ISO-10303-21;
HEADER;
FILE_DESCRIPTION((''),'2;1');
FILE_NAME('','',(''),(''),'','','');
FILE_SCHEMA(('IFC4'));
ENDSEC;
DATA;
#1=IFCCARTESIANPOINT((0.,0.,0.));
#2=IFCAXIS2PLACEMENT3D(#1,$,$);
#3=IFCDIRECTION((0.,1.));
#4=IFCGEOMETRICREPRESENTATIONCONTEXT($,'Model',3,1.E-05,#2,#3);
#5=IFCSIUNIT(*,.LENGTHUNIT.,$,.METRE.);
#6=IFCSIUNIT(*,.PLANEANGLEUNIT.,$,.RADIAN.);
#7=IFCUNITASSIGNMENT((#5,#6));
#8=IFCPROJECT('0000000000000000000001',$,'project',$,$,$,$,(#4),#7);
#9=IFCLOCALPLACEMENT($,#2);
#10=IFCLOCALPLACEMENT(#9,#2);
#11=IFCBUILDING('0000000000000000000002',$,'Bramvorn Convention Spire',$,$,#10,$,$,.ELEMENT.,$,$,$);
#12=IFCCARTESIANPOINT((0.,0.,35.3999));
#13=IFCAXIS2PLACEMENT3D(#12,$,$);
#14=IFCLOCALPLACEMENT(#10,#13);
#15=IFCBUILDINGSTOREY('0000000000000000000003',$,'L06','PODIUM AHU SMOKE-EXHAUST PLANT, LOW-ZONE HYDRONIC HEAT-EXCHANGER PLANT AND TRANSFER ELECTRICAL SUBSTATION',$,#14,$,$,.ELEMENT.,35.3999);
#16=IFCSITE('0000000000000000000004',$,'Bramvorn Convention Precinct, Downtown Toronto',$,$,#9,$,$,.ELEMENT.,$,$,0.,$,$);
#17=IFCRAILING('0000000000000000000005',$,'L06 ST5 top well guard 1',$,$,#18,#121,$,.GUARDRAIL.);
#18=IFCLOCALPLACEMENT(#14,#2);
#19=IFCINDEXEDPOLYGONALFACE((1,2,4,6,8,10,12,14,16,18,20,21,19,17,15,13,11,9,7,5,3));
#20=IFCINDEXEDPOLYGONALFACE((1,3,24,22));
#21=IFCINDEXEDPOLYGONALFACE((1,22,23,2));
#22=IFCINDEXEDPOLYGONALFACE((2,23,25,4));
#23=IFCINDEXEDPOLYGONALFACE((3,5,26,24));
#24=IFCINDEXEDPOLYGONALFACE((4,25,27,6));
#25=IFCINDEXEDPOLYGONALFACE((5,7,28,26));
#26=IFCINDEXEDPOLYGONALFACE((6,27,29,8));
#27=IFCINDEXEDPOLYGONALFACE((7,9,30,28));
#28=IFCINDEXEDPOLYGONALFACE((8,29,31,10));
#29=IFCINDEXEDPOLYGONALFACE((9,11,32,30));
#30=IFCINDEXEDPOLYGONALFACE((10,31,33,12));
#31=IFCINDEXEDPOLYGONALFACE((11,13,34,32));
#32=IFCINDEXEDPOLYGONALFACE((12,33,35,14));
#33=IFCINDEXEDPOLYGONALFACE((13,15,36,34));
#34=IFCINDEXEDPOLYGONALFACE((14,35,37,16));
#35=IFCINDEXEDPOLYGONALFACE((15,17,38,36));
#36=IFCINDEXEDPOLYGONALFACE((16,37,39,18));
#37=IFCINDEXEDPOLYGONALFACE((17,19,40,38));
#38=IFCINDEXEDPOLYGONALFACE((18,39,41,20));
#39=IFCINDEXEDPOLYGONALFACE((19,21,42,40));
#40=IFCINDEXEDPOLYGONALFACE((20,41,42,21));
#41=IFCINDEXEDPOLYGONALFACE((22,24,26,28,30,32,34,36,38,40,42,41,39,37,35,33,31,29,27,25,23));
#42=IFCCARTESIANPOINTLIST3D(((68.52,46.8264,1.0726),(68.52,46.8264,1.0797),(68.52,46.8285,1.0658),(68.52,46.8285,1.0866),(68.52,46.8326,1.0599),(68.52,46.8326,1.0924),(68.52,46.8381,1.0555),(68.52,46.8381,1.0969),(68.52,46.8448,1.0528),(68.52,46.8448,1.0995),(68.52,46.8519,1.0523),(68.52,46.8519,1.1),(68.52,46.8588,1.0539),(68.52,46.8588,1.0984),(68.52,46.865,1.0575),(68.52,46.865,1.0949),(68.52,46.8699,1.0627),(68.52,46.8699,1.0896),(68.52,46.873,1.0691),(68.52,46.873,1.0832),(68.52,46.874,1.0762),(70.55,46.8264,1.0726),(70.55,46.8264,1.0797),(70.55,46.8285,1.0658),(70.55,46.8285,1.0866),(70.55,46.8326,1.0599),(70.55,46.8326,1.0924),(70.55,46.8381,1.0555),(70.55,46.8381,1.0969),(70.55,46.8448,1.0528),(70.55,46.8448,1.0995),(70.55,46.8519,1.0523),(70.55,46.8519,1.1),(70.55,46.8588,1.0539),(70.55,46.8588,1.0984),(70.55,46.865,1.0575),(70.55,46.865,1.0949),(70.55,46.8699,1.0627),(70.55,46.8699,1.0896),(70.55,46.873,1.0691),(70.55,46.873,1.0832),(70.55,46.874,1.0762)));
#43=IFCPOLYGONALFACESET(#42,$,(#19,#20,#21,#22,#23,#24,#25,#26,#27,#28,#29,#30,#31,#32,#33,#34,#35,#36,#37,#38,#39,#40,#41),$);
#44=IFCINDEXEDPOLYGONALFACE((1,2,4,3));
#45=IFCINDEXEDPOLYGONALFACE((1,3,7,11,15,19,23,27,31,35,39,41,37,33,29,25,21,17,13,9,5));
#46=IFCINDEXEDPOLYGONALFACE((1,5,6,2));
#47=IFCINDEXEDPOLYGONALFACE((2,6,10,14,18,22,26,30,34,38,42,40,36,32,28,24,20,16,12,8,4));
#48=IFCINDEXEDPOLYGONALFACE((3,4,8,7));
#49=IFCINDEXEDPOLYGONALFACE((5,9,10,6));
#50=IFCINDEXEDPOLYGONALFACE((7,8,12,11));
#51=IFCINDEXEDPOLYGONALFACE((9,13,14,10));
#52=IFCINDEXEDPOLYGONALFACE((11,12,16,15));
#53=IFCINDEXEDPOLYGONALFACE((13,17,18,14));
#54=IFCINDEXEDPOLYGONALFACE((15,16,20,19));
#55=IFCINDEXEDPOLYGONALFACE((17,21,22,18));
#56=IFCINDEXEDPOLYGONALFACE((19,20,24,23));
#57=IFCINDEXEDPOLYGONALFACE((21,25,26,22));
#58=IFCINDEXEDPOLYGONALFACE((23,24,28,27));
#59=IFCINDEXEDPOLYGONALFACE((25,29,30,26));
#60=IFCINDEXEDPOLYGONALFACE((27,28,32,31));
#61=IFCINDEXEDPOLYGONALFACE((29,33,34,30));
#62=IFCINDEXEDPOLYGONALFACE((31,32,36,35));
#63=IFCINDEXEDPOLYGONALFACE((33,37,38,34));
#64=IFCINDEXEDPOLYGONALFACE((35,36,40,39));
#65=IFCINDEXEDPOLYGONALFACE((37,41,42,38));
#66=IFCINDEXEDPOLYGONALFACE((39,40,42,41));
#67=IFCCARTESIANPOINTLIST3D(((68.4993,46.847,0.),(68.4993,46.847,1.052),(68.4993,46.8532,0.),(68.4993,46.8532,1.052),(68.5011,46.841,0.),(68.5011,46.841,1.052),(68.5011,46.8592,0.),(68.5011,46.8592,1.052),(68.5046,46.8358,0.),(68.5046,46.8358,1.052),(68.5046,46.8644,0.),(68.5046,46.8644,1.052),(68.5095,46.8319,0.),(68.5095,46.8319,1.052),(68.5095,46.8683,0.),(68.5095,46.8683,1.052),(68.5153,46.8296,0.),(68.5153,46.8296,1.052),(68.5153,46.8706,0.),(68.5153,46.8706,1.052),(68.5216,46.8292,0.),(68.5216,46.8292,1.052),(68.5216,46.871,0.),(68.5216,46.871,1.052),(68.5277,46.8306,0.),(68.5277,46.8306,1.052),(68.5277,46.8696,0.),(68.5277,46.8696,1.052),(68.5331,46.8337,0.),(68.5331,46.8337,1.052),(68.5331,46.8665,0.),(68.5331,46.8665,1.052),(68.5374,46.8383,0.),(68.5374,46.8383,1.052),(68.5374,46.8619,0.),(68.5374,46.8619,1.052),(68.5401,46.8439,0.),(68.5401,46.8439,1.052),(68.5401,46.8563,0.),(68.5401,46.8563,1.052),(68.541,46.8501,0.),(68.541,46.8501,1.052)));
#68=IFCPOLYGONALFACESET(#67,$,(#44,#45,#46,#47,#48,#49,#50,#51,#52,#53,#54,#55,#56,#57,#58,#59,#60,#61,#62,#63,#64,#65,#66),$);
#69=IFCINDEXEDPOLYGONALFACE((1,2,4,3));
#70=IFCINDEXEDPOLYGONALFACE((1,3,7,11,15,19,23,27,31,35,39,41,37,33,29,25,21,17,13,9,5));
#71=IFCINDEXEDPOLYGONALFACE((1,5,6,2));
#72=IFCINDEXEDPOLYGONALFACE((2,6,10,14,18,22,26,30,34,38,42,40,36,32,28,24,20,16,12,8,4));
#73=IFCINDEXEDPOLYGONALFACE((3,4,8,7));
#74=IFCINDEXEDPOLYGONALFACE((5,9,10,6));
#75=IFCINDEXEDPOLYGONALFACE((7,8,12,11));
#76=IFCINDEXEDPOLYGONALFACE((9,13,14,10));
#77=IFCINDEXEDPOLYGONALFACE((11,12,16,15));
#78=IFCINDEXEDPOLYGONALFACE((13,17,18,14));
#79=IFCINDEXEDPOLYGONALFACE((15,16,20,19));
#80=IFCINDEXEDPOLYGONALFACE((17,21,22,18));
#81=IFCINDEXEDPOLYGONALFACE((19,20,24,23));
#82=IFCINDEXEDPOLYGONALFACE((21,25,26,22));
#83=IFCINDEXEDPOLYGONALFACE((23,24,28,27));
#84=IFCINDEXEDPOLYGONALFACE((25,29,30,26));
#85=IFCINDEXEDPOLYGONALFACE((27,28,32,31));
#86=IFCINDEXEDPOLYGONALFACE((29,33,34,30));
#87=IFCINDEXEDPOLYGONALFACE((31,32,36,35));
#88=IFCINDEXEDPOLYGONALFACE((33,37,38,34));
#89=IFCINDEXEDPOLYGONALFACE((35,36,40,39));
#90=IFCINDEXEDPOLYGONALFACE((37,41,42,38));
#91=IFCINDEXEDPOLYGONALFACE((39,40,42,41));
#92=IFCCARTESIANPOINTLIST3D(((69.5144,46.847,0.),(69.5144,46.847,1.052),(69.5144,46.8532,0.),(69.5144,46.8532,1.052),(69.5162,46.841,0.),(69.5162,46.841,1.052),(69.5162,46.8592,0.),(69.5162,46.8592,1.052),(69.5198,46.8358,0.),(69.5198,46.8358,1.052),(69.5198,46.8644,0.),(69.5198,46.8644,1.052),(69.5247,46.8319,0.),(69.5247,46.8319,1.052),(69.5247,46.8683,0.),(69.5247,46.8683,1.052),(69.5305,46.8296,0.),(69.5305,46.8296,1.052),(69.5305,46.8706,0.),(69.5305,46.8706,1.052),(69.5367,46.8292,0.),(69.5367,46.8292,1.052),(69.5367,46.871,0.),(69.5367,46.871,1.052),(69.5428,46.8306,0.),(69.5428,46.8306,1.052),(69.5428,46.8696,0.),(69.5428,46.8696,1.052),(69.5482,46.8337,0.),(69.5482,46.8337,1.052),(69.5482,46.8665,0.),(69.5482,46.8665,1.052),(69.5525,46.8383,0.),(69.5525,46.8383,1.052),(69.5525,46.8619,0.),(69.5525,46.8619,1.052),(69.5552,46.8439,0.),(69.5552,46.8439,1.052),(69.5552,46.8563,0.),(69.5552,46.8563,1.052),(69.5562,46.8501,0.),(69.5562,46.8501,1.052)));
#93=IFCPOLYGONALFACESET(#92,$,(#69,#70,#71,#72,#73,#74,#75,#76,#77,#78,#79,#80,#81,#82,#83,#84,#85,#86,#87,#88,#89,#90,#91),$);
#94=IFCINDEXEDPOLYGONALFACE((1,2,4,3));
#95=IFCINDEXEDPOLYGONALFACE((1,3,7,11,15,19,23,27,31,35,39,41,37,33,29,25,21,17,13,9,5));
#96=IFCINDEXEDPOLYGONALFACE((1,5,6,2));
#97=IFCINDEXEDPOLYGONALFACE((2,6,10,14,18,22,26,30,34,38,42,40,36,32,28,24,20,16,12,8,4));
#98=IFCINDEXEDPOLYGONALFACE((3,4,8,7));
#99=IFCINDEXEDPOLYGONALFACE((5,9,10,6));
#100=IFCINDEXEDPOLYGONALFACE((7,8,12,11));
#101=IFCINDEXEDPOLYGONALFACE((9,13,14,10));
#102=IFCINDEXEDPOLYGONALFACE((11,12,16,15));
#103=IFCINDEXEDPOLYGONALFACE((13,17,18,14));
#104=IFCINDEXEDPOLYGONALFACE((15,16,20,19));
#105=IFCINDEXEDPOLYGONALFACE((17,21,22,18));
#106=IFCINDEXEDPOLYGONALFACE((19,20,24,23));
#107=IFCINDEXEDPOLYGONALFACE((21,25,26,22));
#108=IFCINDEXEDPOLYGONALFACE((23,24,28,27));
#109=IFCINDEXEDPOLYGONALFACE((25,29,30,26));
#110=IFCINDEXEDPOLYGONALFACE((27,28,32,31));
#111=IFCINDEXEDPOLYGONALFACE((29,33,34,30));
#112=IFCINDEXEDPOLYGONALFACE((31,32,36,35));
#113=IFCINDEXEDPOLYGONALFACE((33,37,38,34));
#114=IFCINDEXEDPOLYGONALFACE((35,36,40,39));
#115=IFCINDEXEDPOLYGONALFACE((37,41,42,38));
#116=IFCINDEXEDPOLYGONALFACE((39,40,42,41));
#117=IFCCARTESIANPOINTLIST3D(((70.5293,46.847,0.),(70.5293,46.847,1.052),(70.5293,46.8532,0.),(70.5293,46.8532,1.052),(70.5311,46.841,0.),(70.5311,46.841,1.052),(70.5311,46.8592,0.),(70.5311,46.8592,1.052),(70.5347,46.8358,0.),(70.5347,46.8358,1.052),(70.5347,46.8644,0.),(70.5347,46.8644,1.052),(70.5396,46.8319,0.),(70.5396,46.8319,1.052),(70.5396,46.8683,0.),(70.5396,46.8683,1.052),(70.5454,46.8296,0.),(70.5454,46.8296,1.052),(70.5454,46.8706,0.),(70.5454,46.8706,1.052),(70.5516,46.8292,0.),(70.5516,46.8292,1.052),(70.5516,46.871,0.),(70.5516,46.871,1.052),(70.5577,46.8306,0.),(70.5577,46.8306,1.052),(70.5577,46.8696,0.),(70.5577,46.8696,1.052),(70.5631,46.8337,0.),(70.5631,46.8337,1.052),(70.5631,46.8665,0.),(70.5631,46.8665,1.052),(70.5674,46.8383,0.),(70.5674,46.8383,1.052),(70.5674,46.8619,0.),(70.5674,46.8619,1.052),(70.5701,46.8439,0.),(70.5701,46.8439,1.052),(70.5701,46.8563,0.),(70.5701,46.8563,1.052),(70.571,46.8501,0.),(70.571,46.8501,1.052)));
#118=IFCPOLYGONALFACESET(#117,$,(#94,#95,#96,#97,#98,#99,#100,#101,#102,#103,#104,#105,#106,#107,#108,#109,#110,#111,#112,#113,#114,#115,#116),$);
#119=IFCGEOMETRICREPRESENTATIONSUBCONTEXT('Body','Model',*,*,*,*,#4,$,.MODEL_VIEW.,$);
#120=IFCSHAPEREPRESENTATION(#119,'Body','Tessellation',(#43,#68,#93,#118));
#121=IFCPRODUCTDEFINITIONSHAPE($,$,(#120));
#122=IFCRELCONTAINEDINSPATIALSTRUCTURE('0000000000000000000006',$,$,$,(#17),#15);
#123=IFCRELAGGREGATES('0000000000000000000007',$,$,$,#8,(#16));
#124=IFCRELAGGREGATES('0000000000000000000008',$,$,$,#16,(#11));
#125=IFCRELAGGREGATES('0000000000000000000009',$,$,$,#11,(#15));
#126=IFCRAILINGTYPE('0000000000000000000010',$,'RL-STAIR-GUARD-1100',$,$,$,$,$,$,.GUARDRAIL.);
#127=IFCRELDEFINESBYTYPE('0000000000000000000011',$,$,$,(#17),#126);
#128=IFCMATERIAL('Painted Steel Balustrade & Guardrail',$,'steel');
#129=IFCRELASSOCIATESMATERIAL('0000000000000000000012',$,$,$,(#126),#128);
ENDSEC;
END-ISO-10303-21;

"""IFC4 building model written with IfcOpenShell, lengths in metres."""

from ifc_helpers import new_model, si_unit, direction, frame, origin, origin_2d, place, context, subcontext, project, spatial, circle, extrude, material, type_object, element, save


model = new_model("IFC4")

# Units and contexts
model_context = context("Model", 3, precision=1e-05, world=origin(), true_north=direction((0.0, 1.0)))
body_context = subcontext(model_context, "Body", "Model", "MODEL_VIEW")
ifc_project = project(units=[si_unit("LENGTHUNIT", "METRE"), si_unit("PLANEANGLEUNIT", "RADIAN")], contexts=[model_context])

# Site, building, storey
site_placement = place(None, origin())
site = spatial("IfcSite", under=ifc_project, at=site_placement, Name="Bramvorn Convention Precinct, Downtown Toronto", CompositionType="ELEMENT", RefElevation=0.0)
building_placement = place(site_placement, origin())
building = spatial("IfcBuilding", under=site, at=building_placement, Name="Bramvorn Convention Spire", CompositionType="ELEMENT")
storey_placement = place(building_placement, frame((0.0, 0.0, 35.3999)))
storey = spatial("IfcBuildingStorey", under=building, at=storey_placement, Name="L06", Description="PODIUM AHU SMOKE-EXHAUST PLANT, LOW-ZONE HYDRONIC HEAT-EXCHANGER PLANT AND TRANSFER ELECTRICAL SUBSTATION", CompositionType="ELEMENT", Elevation=35.3999)

# Railing
ifc_material_1 = material(Name="Painted Steel Balustrade & Guardrail", Category="steel")
railing_type_1 = type_object("IfcRailingType", Name="RL-STAIR-GUARD-1100", PredefinedType="GUARDRAIL", material=ifc_material_1)
railing_1_placement = place(storey_placement, frame((68.52, 46.8501, 0.0)))
element("IfcRailing", 1, at=railing_1_placement, inside=storey, type_object=railing_type_1, Name="L06 ST5 top well guard 1", PredefinedType="GUARDRAIL", context=body_context, shape_type="SweptSolid", body=[
    extrude(circle(Radius=0.0239, at=origin_2d()), frame((0.0, 0.0, 1.0762), z_axis=(1.0, 0.0, 0.0), x_axis=(0.0, 1.0, 0.0)), (0.0, 0.0, 1.0), 2.03),
    extrude(circle(Radius=0.021, at=origin_2d()), origin(), (0.0, 0.0, 1.0), 1.052),
    extrude(circle(Radius=0.021, at=origin_2d()), frame((1.0151, 0.0, 0.0)), (0.0, 0.0, 1.0), 1.052),
    extrude(circle(Radius=0.021, at=origin_2d()), frame((2.03, 0.0, 0.0)), (0.0, 0.0, 1.0), 1.052),
])

save(model, "model.ifc")
